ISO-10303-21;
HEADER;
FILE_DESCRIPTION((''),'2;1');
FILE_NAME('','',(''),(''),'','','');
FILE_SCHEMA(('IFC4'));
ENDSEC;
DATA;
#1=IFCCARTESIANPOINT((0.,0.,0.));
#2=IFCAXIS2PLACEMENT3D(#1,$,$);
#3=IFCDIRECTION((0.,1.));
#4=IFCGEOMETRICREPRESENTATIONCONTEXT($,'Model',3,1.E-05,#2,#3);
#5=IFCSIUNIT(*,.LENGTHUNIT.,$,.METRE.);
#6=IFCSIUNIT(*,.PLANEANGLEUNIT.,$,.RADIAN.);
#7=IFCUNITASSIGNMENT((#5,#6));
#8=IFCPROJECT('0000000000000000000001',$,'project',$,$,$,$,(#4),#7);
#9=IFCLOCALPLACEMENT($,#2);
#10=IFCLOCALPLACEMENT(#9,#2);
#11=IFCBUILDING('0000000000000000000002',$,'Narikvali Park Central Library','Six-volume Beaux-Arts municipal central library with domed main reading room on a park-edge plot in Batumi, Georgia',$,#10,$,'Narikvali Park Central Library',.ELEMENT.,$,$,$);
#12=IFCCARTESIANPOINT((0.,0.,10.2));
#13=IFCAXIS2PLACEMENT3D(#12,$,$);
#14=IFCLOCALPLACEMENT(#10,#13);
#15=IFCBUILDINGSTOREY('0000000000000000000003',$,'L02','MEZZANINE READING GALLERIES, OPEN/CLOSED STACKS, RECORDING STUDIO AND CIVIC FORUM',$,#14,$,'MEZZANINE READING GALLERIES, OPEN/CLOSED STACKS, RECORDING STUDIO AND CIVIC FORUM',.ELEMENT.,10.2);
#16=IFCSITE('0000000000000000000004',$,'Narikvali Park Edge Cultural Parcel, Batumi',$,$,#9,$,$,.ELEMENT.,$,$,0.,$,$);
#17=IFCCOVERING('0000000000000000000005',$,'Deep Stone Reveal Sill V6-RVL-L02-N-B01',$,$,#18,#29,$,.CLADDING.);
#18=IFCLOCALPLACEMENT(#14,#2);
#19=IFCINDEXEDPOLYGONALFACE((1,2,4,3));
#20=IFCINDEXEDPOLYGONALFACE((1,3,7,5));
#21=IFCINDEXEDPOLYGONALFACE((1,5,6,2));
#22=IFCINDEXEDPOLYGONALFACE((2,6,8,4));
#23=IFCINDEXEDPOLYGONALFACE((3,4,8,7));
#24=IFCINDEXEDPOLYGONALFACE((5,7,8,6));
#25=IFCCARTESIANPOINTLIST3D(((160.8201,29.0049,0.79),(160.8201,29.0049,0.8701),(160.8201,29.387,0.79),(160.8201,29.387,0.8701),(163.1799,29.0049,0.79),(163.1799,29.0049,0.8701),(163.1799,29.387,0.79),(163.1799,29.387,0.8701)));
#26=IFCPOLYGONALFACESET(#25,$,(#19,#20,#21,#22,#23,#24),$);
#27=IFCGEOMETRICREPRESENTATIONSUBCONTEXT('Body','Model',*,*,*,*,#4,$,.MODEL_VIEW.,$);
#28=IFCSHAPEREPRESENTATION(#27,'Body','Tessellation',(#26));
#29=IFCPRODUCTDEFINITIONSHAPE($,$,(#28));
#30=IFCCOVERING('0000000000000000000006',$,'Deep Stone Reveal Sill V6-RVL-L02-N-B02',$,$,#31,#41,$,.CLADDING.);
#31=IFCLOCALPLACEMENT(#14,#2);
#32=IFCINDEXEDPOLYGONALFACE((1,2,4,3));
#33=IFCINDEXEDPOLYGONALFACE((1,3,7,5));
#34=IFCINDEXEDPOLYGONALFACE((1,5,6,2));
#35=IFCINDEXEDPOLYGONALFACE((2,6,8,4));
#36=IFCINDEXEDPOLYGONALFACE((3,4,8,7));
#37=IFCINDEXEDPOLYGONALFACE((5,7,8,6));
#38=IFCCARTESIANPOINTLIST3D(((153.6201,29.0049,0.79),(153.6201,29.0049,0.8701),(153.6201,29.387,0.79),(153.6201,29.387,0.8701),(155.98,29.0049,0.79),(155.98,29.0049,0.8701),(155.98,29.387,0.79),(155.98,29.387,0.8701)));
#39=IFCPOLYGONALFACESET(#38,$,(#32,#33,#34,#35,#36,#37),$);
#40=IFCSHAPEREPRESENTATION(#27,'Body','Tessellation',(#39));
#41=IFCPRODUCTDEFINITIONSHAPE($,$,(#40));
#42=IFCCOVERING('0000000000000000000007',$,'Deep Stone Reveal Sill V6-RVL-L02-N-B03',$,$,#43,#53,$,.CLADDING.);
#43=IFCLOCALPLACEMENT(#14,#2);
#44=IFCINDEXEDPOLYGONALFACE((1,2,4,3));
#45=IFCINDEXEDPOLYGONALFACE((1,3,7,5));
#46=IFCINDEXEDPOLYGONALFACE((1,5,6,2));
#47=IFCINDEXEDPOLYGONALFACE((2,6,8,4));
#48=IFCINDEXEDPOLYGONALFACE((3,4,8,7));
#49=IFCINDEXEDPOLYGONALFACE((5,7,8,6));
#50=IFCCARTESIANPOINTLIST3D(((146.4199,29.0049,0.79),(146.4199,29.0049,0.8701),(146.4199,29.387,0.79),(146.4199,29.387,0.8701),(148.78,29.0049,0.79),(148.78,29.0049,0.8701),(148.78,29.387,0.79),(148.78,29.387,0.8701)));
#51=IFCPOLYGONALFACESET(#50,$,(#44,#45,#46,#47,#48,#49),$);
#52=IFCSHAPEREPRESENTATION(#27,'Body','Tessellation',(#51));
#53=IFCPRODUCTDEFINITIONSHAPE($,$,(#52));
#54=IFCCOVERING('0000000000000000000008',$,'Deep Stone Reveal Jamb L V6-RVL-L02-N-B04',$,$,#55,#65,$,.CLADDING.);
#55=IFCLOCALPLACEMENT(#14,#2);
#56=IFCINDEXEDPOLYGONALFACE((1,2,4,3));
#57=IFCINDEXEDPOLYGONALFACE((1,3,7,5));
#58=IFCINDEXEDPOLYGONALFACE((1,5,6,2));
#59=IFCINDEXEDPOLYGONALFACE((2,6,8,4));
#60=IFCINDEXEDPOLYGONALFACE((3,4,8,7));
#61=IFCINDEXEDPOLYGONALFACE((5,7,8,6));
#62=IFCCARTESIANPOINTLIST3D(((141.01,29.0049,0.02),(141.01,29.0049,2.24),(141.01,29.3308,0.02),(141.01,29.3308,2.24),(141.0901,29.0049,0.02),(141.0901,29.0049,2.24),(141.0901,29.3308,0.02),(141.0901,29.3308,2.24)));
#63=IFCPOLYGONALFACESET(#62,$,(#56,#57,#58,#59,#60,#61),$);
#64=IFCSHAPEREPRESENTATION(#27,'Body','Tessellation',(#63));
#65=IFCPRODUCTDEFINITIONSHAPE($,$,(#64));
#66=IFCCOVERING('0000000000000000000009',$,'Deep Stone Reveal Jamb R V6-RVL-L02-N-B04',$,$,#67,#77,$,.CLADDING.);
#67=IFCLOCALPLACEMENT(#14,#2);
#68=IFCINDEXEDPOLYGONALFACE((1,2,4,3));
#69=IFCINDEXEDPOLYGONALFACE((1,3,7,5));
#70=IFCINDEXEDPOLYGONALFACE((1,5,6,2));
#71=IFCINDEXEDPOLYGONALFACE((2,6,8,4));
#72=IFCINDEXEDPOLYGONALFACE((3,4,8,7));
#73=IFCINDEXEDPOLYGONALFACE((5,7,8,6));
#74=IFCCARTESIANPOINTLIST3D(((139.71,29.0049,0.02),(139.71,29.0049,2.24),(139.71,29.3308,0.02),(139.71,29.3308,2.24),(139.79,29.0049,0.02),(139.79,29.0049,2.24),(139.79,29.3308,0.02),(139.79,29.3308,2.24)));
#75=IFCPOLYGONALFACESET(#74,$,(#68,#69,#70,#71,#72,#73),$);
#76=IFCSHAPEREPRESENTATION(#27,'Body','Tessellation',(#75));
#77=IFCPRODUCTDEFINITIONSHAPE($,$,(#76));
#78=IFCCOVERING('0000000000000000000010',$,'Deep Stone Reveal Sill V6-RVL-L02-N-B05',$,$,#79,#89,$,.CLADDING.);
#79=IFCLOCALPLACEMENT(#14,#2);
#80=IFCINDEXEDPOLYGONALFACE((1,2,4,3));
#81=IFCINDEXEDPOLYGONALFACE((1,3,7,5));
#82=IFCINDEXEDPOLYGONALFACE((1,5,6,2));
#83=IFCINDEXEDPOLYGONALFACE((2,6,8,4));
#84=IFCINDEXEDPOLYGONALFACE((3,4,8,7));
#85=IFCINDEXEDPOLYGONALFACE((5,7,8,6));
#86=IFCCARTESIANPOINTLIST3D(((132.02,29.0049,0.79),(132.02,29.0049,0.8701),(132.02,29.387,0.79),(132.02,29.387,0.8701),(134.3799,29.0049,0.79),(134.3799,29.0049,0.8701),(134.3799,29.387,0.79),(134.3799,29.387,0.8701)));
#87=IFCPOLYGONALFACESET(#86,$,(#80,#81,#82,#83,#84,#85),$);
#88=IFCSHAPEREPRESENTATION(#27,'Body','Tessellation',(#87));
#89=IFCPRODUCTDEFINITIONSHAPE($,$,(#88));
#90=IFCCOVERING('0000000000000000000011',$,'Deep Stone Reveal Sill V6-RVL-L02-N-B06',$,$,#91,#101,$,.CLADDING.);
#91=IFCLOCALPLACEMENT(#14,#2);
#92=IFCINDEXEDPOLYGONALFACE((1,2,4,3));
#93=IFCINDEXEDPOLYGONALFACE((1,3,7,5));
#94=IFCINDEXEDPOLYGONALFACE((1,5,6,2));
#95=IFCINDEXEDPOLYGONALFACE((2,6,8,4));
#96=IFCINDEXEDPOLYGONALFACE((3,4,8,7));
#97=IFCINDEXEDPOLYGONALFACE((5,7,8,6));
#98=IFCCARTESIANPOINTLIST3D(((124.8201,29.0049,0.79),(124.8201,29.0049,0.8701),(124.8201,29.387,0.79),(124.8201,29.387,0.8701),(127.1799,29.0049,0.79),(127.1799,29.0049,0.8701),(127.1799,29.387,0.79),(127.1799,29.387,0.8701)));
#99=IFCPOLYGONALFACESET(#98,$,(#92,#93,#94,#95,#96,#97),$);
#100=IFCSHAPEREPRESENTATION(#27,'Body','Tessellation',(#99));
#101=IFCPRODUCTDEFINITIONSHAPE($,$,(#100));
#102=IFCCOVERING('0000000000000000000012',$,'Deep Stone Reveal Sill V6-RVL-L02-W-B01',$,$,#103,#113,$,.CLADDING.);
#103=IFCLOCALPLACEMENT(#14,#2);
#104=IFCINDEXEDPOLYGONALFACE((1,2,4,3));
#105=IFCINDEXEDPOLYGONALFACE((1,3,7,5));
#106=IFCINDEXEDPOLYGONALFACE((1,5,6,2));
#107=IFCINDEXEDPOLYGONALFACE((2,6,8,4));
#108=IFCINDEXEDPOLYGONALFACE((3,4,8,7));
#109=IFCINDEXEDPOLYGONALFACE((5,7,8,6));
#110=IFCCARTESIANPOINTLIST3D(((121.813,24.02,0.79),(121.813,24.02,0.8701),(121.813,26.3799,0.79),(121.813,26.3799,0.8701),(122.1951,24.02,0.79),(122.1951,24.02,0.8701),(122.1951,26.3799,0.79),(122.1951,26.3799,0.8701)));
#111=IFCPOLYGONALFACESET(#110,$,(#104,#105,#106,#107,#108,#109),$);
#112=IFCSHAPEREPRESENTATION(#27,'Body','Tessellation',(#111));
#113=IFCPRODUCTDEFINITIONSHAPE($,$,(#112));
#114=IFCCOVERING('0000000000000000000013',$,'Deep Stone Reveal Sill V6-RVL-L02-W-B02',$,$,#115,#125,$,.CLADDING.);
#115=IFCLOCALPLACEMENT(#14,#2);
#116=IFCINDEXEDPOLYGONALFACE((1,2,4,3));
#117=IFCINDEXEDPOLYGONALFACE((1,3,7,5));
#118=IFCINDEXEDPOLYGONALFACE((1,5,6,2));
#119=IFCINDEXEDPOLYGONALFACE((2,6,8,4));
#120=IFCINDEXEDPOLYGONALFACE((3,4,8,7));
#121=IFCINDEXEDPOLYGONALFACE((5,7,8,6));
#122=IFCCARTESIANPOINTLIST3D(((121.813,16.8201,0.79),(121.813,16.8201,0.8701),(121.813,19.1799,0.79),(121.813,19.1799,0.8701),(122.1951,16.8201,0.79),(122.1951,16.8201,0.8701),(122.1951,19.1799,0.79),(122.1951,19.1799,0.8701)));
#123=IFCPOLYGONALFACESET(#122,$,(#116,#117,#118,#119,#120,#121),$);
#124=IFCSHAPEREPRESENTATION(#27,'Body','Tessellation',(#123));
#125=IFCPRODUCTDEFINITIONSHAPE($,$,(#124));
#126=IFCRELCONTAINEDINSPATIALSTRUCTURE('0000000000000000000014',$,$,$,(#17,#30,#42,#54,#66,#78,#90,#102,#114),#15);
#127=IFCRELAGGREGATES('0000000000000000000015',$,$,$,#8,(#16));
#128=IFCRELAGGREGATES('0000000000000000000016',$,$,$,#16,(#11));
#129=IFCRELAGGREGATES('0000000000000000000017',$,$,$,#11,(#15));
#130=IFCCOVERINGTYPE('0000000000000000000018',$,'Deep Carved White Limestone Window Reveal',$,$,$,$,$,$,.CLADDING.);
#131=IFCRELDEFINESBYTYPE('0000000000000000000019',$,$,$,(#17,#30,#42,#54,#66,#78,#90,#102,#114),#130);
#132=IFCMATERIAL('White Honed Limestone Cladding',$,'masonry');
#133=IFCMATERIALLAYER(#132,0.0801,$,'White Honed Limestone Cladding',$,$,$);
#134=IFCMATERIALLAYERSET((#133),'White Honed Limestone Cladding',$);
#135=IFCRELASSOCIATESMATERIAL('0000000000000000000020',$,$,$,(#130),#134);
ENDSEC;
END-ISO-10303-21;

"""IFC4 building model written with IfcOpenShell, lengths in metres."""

from ifc_helpers import new_model, si_unit, direction, frame, origin, place, context, subcontext, project, spatial, polyline, outline, extrude, material, layer, layer_set, type_object, element, save


model = new_model("IFC4")

# Units and contexts
model_context = context("Model", 3, precision=1e-05, world=origin(), true_north=direction((0.0, 1.0)))
body_context = subcontext(model_context, "Body", "Model", "MODEL_VIEW")
ifc_project = project(units=[si_unit("LENGTHUNIT", "METRE"), si_unit("PLANEANGLEUNIT", "RADIAN")], contexts=[model_context])

# Site, building, storey
site_placement = place(None, origin())
site = spatial("IfcSite", under=ifc_project, at=site_placement, Name="Narikvali Park Edge Cultural Parcel, Batumi", CompositionType="ELEMENT", RefElevation=0.0)
building_placement = place(site_placement, origin())
building = spatial("IfcBuilding", under=site, at=building_placement, Name="Narikvali Park Central Library", Description="Six-volume Beaux-Arts municipal central library with domed main reading room on a park-edge plot in Batumi, Georgia", LongName="Narikvali Park Central Library", CompositionType="ELEMENT")
storey_placement = place(building_placement, frame((0.0, 0.0, 10.2)))
storey = spatial("IfcBuildingStorey", under=building, at=storey_placement, Name="L02", Description="MEZZANINE READING GALLERIES, OPEN/CLOSED STACKS, RECORDING STUDIO AND CIVIC FORUM", LongName="MEZZANINE READING GALLERIES, OPEN/CLOSED STACKS, RECORDING STUDIO AND CIVIC FORUM", CompositionType="ELEMENT", Elevation=10.2)

# Coverings
ifc_material = material(Name="White Honed Limestone Cladding", Category="masonry")
ifc_layer = layer(ifc_material, 0.0801, Name="White Honed Limestone Cladding")
ifc_layer_set = layer_set([ifc_layer], Name="White Honed Limestone Cladding")
covering_type = type_object("IfcCoveringType", Name="Deep Carved White Limestone Window Reveal", PredefinedType="CLADDING", material=ifc_layer_set)
covering_1_placement = place(storey_placement, frame((0.0, 0.0, 0.79)))
element("IfcCovering", 1, at=covering_1_placement, inside=storey, type_object=covering_type, Name="Deep Stone Reveal Sill V6-RVL-L02-N-B01", PredefinedType="CLADDING", context=body_context, shape_type="SweptSolid", body=[
    extrude(outline(polyline([(163.1799, 29.0049), (160.8201, 29.0049), (160.8201, 29.387), (163.1799, 29.387), (163.1799, 29.0049)])), origin(), (0.0, 0.0, 1.0), 0.0801),
])
covering_2_placement = place(storey_placement, frame((0.0, 0.0, 0.79)))
element("IfcCovering", 2, at=covering_2_placement, inside=storey, type_object=covering_type, Name="Deep Stone Reveal Sill V6-RVL-L02-N-B02", PredefinedType="CLADDING", context=body_context, shape_type="SweptSolid", body=[
    extrude(outline(polyline([(155.98, 29.0049), (153.6201, 29.0049), (153.6201, 29.387), (155.98, 29.387), (155.98, 29.0049)])), origin(), (0.0, 0.0, 1.0), 0.0801),
])
covering_3_placement = place(storey_placement, frame((0.0, 0.0, 0.79)))
element("IfcCovering", 3, at=covering_3_placement, inside=storey, type_object=covering_type, Name="Deep Stone Reveal Sill V6-RVL-L02-N-B03", PredefinedType="CLADDING", context=body_context, shape_type="SweptSolid", body=[
    extrude(outline(polyline([(148.78, 29.0049), (146.4199, 29.0049), (146.4199, 29.387), (148.78, 29.387), (148.78, 29.0049)])), origin(), (0.0, 0.0, 1.0), 0.0801),
])
covering_4_placement = place(storey_placement, frame((0.0, 0.0, 0.02)))
element("IfcCovering", 4, at=covering_4_placement, inside=storey, type_object=covering_type, Name="Deep Stone Reveal Jamb L V6-RVL-L02-N-B04", PredefinedType="CLADDING", context=body_context, shape_type="SweptSolid", body=[
    extrude(outline(polyline([(141.0901, 29.0049), (141.01, 29.0049), (141.01, 29.3308), (141.0901, 29.3308), (141.0901, 29.0049)])), origin(), (0.0, 0.0, 1.0), 2.22),
])
covering_5_placement = place(storey_placement, frame((0.0, 0.0, 0.02)))
element("IfcCovering", 5, at=covering_5_placement, inside=storey, type_object=covering_type, Name="Deep Stone Reveal Jamb R V6-RVL-L02-N-B04", PredefinedType="CLADDING", context=body_context, shape_type="SweptSolid", body=[
    extrude(outline(polyline([(139.79, 29.0049), (139.71, 29.0049), (139.71, 29.3308), (139.79, 29.3308), (139.79, 29.0049)])), origin(), (0.0, 0.0, 1.0), 2.22),
])
covering_6_placement = place(storey_placement, frame((0.0, 0.0, 0.79)))
element("IfcCovering", 6, at=covering_6_placement, inside=storey, type_object=covering_type, Name="Deep Stone Reveal Sill V6-RVL-L02-N-B05", PredefinedType="CLADDING", context=body_context, shape_type="SweptSolid", body=[
    extrude(outline(polyline([(134.3799, 29.0049), (132.02, 29.0049), (132.02, 29.387), (134.3799, 29.387), (134.3799, 29.0049)])), origin(), (0.0, 0.0, 1.0), 0.0801),
])
covering_7_placement = place(storey_placement, frame((0.0, 0.0, 0.79)))
element("IfcCovering", 7, at=covering_7_placement, inside=storey, type_object=covering_type, Name="Deep Stone Reveal Sill V6-RVL-L02-N-B06", PredefinedType="CLADDING", context=body_context, shape_type="SweptSolid", body=[
    extrude(outline(polyline([(127.1799, 29.0049), (124.8201, 29.0049), (124.8201, 29.387), (127.1799, 29.387), (127.1799, 29.0049)])), origin(), (0.0, 0.0, 1.0), 0.0801),
])
covering_8_placement = place(storey_placement, frame((0.0, 0.0, 0.79)))
element("IfcCovering", 8, at=covering_8_placement, inside=storey, type_object=covering_type, Name="Deep Stone Reveal Sill V6-RVL-L02-W-B01", PredefinedType="CLADDING", context=body_context, shape_type="SweptSolid", body=[
    extrude(outline(polyline([(122.1951, 26.3799), (122.1951, 24.02), (121.813, 24.02), (121.813, 26.3799), (122.1951, 26.3799)])), origin(), (0.0, 0.0, 1.0), 0.0801),
])
covering_9_placement = place(storey_placement, frame((0.0, 0.0, 0.79)))
element("IfcCovering", 9, at=covering_9_placement, inside=storey, type_object=covering_type, Name="Deep Stone Reveal Sill V6-RVL-L02-W-B02", PredefinedType="CLADDING", context=body_context, shape_type="SweptSolid", body=[
    extrude(outline(polyline([(122.1951, 19.1799), (122.1951, 16.8201), (121.813, 16.8201), (121.813, 19.1799), (122.1951, 19.1799)])), origin(), (0.0, 0.0, 1.0), 0.0801),
])

save(model, "model.ifc")
